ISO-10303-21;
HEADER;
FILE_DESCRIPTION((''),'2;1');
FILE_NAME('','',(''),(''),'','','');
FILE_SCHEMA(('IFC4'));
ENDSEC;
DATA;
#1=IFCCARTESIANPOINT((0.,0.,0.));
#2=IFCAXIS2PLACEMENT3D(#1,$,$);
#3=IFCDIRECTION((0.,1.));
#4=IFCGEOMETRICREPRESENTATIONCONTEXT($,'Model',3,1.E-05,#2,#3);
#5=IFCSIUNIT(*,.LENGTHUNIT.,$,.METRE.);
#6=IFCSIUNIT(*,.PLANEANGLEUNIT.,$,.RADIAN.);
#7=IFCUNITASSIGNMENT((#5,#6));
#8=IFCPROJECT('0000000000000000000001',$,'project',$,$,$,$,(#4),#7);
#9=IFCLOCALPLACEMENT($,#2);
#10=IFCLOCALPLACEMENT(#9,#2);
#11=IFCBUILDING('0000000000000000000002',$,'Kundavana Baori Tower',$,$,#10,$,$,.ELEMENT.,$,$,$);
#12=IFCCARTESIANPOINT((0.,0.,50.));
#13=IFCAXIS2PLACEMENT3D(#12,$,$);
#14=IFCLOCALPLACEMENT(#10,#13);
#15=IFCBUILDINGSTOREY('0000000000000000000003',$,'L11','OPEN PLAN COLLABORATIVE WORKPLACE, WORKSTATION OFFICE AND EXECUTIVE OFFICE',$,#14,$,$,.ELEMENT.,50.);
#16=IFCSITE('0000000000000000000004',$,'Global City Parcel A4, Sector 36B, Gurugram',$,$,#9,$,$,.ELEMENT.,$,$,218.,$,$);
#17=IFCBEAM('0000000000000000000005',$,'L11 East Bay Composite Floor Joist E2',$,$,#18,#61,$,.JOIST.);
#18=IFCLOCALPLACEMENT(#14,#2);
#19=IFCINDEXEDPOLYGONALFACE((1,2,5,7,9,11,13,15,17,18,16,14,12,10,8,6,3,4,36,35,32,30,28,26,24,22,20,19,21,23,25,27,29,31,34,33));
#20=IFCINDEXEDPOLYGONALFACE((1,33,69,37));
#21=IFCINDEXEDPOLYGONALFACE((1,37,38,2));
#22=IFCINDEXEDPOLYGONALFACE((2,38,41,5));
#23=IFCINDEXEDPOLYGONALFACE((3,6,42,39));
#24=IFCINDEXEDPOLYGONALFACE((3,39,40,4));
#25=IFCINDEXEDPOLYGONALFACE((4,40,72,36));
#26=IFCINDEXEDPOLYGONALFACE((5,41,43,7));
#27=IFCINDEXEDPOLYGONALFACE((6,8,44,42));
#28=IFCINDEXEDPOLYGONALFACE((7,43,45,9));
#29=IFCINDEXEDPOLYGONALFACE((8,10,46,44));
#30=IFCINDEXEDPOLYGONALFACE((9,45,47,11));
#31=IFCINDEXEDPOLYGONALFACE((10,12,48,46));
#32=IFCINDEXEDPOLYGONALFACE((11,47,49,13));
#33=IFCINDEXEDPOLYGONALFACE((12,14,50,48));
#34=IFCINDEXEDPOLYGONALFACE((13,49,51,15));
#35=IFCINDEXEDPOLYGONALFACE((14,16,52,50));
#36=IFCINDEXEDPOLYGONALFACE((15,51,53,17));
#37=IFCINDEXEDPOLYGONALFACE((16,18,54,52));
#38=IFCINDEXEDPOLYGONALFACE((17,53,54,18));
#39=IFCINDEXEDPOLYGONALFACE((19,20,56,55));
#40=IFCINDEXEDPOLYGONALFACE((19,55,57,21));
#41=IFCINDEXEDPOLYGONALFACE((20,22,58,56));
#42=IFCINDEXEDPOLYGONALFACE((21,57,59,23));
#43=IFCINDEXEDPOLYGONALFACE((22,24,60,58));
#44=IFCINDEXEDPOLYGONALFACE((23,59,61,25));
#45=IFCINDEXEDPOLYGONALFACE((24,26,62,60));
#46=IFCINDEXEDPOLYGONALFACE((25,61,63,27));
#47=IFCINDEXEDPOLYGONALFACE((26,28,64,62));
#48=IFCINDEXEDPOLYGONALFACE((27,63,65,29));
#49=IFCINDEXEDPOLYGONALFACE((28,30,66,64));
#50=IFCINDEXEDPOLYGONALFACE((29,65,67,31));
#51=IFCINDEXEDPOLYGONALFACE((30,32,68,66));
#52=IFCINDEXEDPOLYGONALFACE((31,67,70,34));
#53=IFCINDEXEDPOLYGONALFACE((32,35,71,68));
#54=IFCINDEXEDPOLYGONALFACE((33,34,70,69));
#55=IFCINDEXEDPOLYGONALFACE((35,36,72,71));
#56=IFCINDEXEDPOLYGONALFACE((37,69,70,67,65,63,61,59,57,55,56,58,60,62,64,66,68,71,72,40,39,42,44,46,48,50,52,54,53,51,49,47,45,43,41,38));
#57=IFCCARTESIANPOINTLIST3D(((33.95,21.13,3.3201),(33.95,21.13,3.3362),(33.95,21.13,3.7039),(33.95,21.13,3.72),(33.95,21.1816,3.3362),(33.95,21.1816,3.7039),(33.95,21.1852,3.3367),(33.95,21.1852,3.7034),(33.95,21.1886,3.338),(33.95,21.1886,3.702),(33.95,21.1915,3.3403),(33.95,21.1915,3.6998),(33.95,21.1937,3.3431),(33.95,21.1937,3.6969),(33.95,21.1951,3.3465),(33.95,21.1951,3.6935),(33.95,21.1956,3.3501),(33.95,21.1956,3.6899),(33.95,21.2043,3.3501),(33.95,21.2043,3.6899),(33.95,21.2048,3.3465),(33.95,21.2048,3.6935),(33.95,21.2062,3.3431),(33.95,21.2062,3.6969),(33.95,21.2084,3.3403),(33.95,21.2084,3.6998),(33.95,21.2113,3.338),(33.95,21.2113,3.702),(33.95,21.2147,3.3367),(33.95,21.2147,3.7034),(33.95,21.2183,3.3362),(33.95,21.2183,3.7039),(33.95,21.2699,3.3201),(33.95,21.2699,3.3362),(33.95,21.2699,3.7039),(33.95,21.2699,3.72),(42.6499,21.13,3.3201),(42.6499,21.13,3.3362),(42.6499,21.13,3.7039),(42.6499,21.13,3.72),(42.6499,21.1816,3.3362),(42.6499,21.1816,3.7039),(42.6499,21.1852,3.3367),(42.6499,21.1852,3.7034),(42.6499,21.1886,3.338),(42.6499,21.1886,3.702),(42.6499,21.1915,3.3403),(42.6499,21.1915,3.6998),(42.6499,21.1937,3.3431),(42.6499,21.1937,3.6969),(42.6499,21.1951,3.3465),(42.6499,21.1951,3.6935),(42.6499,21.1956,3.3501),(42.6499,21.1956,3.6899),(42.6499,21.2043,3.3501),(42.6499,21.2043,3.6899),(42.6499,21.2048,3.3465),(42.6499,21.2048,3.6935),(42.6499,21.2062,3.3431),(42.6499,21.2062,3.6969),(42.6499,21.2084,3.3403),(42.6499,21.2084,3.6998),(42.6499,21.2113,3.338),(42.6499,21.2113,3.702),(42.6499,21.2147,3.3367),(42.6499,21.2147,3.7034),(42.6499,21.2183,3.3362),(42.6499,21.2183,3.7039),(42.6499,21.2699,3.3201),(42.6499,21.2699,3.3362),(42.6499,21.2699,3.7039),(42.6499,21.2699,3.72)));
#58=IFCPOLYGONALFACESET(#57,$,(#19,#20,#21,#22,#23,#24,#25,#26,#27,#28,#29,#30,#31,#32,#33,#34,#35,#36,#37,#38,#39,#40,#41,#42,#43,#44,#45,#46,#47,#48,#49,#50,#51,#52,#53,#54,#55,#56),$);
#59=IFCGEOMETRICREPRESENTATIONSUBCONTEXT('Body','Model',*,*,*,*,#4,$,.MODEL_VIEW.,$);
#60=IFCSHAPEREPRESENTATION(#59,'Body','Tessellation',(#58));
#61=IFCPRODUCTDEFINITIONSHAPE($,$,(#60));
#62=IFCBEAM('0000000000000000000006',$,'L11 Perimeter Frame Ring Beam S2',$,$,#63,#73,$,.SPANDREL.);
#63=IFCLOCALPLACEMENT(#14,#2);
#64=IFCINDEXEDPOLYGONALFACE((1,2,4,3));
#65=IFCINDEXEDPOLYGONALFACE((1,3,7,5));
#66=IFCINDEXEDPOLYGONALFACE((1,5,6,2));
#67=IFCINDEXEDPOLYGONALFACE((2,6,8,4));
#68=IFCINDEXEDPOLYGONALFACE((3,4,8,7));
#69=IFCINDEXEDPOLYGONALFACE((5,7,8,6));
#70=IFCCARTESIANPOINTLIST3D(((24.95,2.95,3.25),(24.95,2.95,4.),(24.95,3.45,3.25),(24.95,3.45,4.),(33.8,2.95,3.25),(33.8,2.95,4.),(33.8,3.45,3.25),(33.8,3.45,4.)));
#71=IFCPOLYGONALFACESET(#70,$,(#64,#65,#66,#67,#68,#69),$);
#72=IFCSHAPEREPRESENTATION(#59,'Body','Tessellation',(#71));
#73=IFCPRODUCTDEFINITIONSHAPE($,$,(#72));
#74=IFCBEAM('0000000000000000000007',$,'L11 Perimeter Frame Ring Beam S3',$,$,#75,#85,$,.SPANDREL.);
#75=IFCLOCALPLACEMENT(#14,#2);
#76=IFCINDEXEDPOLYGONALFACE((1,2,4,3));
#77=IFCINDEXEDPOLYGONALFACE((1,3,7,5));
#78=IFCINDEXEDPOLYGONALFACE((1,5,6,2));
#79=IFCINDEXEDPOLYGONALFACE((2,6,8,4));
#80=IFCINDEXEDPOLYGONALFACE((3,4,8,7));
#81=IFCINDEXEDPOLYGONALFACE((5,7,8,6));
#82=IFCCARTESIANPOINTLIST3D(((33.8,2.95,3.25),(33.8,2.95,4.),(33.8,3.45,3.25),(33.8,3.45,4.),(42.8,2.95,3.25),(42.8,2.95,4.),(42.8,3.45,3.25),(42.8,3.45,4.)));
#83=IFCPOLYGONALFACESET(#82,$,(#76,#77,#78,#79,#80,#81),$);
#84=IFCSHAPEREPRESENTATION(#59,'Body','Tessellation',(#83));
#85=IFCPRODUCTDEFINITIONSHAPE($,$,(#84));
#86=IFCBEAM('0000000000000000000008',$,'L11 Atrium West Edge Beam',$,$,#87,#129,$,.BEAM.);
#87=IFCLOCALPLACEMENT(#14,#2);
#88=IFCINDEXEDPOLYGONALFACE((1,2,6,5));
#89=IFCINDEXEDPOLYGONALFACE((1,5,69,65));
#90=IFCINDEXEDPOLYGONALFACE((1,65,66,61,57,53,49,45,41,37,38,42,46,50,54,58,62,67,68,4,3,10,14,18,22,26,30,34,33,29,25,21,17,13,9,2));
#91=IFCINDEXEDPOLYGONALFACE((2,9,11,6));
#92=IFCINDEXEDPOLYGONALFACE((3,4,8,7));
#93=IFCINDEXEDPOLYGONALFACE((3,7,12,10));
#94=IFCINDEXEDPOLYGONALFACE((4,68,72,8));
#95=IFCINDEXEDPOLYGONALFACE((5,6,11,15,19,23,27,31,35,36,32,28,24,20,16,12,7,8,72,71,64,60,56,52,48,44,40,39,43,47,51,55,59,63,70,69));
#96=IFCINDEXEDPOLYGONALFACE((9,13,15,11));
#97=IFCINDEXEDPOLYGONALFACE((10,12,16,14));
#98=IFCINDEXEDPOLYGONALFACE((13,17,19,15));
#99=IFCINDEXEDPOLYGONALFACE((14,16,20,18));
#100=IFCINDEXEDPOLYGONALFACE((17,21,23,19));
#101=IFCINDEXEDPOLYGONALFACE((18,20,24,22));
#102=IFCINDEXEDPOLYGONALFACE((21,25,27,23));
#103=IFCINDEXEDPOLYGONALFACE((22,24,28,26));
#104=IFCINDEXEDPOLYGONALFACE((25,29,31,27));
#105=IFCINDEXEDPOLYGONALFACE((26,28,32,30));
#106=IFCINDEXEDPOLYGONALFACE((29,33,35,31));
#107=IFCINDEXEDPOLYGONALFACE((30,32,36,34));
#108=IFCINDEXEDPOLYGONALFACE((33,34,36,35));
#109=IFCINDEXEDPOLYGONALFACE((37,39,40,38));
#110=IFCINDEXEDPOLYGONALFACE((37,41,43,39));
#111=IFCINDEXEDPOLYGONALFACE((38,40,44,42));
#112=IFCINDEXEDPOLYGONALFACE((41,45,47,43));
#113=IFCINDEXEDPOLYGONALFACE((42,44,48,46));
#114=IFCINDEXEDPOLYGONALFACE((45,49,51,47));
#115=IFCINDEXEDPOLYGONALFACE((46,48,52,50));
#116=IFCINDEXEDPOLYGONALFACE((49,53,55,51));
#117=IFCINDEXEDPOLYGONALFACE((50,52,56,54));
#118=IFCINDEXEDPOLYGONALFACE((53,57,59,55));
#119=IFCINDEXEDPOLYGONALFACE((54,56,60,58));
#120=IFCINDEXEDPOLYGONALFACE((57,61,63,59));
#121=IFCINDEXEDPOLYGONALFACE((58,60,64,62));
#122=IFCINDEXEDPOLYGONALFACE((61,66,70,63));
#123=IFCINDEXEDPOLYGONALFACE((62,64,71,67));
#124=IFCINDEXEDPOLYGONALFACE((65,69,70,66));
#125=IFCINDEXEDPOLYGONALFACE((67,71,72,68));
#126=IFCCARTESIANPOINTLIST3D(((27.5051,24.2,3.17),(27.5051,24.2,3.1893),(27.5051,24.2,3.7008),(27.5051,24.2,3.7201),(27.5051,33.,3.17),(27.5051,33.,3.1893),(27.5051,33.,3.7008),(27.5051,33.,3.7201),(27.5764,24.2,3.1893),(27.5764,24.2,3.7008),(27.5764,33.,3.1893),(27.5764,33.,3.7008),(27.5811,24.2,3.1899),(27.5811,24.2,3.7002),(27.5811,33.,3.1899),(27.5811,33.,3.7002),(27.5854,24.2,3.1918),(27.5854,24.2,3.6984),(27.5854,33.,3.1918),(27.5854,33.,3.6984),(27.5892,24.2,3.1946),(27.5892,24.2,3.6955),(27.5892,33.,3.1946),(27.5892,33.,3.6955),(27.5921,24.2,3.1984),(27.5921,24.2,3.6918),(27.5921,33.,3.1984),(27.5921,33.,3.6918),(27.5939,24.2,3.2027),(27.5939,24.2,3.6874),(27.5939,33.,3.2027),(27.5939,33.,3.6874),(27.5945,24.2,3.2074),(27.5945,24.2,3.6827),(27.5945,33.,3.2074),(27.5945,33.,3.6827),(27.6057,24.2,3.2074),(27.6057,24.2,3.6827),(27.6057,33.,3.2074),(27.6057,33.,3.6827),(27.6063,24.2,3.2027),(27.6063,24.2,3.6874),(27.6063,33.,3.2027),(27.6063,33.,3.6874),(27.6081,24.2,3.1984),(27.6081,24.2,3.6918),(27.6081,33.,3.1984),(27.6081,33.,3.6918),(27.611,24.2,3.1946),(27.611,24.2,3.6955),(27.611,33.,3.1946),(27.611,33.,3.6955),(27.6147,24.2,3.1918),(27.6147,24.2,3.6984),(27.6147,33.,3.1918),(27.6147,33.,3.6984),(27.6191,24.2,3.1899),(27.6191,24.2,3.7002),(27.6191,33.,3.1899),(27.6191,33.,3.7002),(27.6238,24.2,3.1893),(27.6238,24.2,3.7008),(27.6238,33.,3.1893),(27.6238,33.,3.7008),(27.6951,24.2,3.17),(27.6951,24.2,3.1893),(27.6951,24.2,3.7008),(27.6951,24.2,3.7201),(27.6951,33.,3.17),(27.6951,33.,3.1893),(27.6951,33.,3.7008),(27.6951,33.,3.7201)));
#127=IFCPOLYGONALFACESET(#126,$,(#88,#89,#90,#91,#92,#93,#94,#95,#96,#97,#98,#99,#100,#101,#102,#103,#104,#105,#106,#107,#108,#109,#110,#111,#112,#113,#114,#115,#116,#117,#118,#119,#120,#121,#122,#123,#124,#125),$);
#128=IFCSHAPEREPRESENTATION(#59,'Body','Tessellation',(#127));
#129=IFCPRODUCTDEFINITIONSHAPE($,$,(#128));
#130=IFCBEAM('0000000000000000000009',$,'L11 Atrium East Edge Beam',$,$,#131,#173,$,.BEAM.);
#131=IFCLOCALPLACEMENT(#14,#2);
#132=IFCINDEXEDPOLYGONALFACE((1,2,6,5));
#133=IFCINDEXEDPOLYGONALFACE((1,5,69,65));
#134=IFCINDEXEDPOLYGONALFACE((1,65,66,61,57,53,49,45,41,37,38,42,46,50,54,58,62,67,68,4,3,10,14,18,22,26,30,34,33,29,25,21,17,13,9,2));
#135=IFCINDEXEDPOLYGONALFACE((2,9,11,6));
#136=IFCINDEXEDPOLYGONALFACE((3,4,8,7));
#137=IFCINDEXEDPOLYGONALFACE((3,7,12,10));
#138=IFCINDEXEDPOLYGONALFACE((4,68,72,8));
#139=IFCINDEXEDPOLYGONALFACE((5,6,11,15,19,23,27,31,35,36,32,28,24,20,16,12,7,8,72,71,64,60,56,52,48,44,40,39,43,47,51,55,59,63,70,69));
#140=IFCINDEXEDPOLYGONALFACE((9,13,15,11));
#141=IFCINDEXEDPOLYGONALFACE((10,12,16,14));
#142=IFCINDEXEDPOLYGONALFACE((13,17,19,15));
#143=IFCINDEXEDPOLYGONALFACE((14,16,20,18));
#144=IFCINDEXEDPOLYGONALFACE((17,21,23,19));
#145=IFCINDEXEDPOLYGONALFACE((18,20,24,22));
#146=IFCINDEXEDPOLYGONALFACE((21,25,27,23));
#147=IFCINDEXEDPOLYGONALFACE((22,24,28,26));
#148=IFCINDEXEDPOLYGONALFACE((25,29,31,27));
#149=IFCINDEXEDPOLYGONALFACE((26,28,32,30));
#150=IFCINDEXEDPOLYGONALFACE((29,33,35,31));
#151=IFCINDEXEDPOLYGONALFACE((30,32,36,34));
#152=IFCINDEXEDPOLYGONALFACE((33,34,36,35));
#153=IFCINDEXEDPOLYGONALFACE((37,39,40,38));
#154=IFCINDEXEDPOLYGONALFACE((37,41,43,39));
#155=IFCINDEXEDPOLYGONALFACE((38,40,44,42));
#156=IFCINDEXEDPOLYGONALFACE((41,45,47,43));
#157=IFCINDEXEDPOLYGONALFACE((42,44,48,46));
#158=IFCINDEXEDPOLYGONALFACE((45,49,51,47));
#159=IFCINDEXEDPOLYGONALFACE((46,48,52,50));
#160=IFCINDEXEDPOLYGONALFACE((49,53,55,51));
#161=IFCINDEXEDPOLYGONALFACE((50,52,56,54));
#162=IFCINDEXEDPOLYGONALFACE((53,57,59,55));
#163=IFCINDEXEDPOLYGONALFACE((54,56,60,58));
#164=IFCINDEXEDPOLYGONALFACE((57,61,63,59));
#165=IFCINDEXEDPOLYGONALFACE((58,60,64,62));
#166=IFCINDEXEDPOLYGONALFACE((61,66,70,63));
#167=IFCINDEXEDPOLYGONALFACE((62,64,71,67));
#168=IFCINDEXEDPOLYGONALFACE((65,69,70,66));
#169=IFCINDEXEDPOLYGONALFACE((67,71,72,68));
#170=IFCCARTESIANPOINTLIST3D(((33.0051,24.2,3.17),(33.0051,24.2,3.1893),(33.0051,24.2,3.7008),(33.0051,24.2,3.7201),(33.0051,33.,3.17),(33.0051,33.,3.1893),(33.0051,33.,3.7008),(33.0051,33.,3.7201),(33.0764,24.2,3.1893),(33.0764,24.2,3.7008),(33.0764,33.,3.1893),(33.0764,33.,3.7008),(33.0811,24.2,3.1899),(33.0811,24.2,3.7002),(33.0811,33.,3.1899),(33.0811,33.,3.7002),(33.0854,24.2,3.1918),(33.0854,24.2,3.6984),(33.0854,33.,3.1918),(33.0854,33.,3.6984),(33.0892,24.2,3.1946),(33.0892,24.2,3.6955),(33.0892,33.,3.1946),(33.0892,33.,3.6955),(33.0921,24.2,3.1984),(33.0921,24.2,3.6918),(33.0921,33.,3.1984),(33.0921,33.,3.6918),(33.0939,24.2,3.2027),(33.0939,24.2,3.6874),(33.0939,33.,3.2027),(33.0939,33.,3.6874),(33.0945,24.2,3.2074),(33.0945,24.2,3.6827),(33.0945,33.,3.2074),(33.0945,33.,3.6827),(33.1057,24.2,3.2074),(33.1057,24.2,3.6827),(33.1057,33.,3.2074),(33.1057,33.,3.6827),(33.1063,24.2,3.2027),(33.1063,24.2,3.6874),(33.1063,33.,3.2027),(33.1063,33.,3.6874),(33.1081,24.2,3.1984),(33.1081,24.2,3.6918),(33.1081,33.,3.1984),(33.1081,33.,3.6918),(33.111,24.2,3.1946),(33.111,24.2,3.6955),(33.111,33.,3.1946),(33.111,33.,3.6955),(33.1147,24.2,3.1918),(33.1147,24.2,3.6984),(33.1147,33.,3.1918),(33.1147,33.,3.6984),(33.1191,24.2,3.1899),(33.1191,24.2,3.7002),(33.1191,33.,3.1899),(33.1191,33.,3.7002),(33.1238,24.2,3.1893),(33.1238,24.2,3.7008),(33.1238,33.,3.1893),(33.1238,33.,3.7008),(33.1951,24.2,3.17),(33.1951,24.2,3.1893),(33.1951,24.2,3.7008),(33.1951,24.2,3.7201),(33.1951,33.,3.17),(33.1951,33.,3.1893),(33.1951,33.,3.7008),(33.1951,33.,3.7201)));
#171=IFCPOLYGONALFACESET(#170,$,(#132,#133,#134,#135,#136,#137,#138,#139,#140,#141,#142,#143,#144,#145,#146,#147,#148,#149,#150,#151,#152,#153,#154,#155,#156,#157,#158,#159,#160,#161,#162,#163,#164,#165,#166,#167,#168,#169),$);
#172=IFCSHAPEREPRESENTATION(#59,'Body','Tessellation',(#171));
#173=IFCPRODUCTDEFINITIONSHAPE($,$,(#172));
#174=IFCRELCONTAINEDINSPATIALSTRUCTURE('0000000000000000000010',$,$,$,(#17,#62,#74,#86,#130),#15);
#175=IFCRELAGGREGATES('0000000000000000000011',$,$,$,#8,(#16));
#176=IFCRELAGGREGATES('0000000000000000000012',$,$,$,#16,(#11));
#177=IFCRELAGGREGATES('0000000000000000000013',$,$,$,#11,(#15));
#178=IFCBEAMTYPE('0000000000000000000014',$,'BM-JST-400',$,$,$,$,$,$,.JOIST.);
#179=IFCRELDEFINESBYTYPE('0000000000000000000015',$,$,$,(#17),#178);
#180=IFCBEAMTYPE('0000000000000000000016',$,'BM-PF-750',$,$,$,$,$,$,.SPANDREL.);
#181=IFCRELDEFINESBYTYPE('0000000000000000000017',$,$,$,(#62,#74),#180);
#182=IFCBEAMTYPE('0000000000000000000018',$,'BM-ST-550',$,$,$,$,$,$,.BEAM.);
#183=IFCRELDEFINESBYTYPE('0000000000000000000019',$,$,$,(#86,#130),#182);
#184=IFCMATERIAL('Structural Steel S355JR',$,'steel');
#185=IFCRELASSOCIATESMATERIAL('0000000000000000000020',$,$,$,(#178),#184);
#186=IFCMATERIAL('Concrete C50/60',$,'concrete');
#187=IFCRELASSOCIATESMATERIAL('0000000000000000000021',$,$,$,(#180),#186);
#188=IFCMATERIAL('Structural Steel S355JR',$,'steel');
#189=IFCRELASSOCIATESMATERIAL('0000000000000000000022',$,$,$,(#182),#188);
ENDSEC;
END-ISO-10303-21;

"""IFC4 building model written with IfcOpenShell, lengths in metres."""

from ifc_helpers import new_model, si_unit, direction, frame, origin, origin_2d, place, context, subcontext, project, spatial, rectangle, i_section, extrude, material, material_profile, profile_set, type_object, element, save


model = new_model("IFC4")

# Units and contexts
model_context = context("Model", 3, precision=1e-05, world=origin(), true_north=direction((0.0, 1.0)))
body_context = subcontext(model_context, "Body", "Model", "MODEL_VIEW")
ifc_project = project(units=[si_unit("LENGTHUNIT", "METRE"), si_unit("PLANEANGLEUNIT", "RADIAN")], contexts=[model_context])

# Site, building, storey
site_placement = place(None, origin())
site = spatial("IfcSite", under=ifc_project, at=site_placement, Name="Global City Parcel A4, Sector 36B, Gurugram", CompositionType="ELEMENT", RefElevation=218.0)
building_placement = place(site_placement, origin())
building = spatial("IfcBuilding", under=site, at=building_placement, Name="Kundavana Baori Tower", CompositionType="ELEMENT")
storey_placement = place(building_placement, frame((0.0, 0.0, 50.0)))
storey = spatial("IfcBuildingStorey", under=building, at=storey_placement, Name="L11", Description="OPEN PLAN COLLABORATIVE WORKPLACE, WORKSTATION OFFICE AND EXECUTIVE OFFICE", CompositionType="ELEMENT", Elevation=50.0)

# Beams
ifc_material_1 = material(Name="Structural Steel S355JR", Category="steel")
ifc_material_profile_1 = material_profile(ifc_material_1, i_section(OverallWidth=0.1399, OverallDepth=0.3999, WebThickness=0.0088, FlangeThickness=0.0161, FilletRadius=0.0139, at=origin_2d()), Name="ISMB 400")
ifc_profile_set_1 = profile_set([ifc_material_profile_1], Name="Structural Steel S355JR")
beam_type_1 = type_object("IfcBeamType", Name="BM-JST-400", PredefinedType="JOIST", material=ifc_profile_set_1)
for number, where, z_axis, x_axis, name in (
    (1, (33.95, 21.2, 3.52), (1.0, 0.0, 0.0), (0.0, 1.0, 0.0), "L11 East Bay Composite Floor Joist E2"),
):
    element("IfcBeam", number, at=place(storey_placement, frame(where, z_axis=z_axis, x_axis=x_axis)), inside=storey, type_object=beam_type_1, Name=name, PredefinedType="JOIST", context=body_context, shape_type="SweptSolid", body=[
        extrude(i_section(OverallWidth=0.1399, OverallDepth=0.3999, WebThickness=0.0088, FlangeThickness=0.0161, FilletRadius=0.0139, at=origin_2d()), origin(), (0.0, 0.0, 1.0), 8.7),
    ])
ifc_material_2 = material(Name="Concrete C50/60", Category="concrete")
ifc_material_profile_2 = material_profile(ifc_material_2, rectangle(XDim=0.5, YDim=0.75, at=origin_2d()), Name="RC BM 500x750")
ifc_profile_set_2 = profile_set([ifc_material_profile_2], Name="Concrete C50/60")
beam_type_2 = type_object("IfcBeamType", Name="BM-PF-750", PredefinedType="SPANDREL", material=ifc_profile_set_2)
beam_1_placement = place(storey_placement, frame((24.95, 3.2, 3.625), z_axis=(1.0, 0.0, 0.0), x_axis=(0.0, 1.0, 0.0)))
element("IfcBeam", 2, at=beam_1_placement, inside=storey, type_object=beam_type_2, Name="L11 Perimeter Frame Ring Beam S2", PredefinedType="SPANDREL", context=body_context, shape_type="SweptSolid", body=[
    extrude(rectangle(XDim=0.5, YDim=0.75, at=origin_2d()), origin(), (0.0, 0.0, 1.0), 8.8501),
])
beam_2_placement = place(storey_placement, frame((33.8, 3.2, 3.625), z_axis=(1.0, 0.0, 0.0), x_axis=(0.0, 1.0, 0.0)))
element("IfcBeam", 3, at=beam_2_placement, inside=storey, type_object=beam_type_2, Name="L11 Perimeter Frame Ring Beam S3", PredefinedType="SPANDREL", context=body_context, shape_type="SweptSolid", body=[
    extrude(rectangle(XDim=0.5, YDim=0.75, at=origin_2d()), origin(), (0.0, 0.0, 1.0), 9.0),
])
ifc_material_3 = material(Name="Structural Steel S355JR", Category="steel")
ifc_material_profile_3 = material_profile(ifc_material_3, i_section(OverallWidth=0.1899, OverallDepth=0.55, WebThickness=0.0112, FlangeThickness=0.0193, FilletRadius=0.0181, at=origin_2d()), Name="ISMB 550")
ifc_profile_set_3 = profile_set([ifc_material_profile_3], Name="Structural Steel S355JR")
beam_type_3 = type_object("IfcBeamType", Name="BM-ST-550", PredefinedType="BEAM", material=ifc_profile_set_3)
for number, where, z_axis, x_axis, name in (
    (4, (27.6001, 24.2, 3.4451), (0.0, 1.0, 0.0), (-1.0, 0.0, 0.0), "L11 Atrium West Edge Beam"),
    (5, (33.1001, 24.2, 3.4451), (0.0, 1.0, 0.0), (-1.0, 0.0, 0.0), "L11 Atrium East Edge Beam"),
):
    element("IfcBeam", number, at=place(storey_placement, frame(where, z_axis=z_axis, x_axis=x_axis)), inside=storey, type_object=beam_type_3, Name=name, PredefinedType="BEAM", context=body_context, shape_type="SweptSolid", body=[
        extrude(i_section(OverallWidth=0.1899, OverallDepth=0.55, WebThickness=0.0112, FlangeThickness=0.0193, FilletRadius=0.0181, at=origin_2d()), origin(), (0.0, 0.0, 1.0), 8.8),
    ])

save(model, "model.ifc")
